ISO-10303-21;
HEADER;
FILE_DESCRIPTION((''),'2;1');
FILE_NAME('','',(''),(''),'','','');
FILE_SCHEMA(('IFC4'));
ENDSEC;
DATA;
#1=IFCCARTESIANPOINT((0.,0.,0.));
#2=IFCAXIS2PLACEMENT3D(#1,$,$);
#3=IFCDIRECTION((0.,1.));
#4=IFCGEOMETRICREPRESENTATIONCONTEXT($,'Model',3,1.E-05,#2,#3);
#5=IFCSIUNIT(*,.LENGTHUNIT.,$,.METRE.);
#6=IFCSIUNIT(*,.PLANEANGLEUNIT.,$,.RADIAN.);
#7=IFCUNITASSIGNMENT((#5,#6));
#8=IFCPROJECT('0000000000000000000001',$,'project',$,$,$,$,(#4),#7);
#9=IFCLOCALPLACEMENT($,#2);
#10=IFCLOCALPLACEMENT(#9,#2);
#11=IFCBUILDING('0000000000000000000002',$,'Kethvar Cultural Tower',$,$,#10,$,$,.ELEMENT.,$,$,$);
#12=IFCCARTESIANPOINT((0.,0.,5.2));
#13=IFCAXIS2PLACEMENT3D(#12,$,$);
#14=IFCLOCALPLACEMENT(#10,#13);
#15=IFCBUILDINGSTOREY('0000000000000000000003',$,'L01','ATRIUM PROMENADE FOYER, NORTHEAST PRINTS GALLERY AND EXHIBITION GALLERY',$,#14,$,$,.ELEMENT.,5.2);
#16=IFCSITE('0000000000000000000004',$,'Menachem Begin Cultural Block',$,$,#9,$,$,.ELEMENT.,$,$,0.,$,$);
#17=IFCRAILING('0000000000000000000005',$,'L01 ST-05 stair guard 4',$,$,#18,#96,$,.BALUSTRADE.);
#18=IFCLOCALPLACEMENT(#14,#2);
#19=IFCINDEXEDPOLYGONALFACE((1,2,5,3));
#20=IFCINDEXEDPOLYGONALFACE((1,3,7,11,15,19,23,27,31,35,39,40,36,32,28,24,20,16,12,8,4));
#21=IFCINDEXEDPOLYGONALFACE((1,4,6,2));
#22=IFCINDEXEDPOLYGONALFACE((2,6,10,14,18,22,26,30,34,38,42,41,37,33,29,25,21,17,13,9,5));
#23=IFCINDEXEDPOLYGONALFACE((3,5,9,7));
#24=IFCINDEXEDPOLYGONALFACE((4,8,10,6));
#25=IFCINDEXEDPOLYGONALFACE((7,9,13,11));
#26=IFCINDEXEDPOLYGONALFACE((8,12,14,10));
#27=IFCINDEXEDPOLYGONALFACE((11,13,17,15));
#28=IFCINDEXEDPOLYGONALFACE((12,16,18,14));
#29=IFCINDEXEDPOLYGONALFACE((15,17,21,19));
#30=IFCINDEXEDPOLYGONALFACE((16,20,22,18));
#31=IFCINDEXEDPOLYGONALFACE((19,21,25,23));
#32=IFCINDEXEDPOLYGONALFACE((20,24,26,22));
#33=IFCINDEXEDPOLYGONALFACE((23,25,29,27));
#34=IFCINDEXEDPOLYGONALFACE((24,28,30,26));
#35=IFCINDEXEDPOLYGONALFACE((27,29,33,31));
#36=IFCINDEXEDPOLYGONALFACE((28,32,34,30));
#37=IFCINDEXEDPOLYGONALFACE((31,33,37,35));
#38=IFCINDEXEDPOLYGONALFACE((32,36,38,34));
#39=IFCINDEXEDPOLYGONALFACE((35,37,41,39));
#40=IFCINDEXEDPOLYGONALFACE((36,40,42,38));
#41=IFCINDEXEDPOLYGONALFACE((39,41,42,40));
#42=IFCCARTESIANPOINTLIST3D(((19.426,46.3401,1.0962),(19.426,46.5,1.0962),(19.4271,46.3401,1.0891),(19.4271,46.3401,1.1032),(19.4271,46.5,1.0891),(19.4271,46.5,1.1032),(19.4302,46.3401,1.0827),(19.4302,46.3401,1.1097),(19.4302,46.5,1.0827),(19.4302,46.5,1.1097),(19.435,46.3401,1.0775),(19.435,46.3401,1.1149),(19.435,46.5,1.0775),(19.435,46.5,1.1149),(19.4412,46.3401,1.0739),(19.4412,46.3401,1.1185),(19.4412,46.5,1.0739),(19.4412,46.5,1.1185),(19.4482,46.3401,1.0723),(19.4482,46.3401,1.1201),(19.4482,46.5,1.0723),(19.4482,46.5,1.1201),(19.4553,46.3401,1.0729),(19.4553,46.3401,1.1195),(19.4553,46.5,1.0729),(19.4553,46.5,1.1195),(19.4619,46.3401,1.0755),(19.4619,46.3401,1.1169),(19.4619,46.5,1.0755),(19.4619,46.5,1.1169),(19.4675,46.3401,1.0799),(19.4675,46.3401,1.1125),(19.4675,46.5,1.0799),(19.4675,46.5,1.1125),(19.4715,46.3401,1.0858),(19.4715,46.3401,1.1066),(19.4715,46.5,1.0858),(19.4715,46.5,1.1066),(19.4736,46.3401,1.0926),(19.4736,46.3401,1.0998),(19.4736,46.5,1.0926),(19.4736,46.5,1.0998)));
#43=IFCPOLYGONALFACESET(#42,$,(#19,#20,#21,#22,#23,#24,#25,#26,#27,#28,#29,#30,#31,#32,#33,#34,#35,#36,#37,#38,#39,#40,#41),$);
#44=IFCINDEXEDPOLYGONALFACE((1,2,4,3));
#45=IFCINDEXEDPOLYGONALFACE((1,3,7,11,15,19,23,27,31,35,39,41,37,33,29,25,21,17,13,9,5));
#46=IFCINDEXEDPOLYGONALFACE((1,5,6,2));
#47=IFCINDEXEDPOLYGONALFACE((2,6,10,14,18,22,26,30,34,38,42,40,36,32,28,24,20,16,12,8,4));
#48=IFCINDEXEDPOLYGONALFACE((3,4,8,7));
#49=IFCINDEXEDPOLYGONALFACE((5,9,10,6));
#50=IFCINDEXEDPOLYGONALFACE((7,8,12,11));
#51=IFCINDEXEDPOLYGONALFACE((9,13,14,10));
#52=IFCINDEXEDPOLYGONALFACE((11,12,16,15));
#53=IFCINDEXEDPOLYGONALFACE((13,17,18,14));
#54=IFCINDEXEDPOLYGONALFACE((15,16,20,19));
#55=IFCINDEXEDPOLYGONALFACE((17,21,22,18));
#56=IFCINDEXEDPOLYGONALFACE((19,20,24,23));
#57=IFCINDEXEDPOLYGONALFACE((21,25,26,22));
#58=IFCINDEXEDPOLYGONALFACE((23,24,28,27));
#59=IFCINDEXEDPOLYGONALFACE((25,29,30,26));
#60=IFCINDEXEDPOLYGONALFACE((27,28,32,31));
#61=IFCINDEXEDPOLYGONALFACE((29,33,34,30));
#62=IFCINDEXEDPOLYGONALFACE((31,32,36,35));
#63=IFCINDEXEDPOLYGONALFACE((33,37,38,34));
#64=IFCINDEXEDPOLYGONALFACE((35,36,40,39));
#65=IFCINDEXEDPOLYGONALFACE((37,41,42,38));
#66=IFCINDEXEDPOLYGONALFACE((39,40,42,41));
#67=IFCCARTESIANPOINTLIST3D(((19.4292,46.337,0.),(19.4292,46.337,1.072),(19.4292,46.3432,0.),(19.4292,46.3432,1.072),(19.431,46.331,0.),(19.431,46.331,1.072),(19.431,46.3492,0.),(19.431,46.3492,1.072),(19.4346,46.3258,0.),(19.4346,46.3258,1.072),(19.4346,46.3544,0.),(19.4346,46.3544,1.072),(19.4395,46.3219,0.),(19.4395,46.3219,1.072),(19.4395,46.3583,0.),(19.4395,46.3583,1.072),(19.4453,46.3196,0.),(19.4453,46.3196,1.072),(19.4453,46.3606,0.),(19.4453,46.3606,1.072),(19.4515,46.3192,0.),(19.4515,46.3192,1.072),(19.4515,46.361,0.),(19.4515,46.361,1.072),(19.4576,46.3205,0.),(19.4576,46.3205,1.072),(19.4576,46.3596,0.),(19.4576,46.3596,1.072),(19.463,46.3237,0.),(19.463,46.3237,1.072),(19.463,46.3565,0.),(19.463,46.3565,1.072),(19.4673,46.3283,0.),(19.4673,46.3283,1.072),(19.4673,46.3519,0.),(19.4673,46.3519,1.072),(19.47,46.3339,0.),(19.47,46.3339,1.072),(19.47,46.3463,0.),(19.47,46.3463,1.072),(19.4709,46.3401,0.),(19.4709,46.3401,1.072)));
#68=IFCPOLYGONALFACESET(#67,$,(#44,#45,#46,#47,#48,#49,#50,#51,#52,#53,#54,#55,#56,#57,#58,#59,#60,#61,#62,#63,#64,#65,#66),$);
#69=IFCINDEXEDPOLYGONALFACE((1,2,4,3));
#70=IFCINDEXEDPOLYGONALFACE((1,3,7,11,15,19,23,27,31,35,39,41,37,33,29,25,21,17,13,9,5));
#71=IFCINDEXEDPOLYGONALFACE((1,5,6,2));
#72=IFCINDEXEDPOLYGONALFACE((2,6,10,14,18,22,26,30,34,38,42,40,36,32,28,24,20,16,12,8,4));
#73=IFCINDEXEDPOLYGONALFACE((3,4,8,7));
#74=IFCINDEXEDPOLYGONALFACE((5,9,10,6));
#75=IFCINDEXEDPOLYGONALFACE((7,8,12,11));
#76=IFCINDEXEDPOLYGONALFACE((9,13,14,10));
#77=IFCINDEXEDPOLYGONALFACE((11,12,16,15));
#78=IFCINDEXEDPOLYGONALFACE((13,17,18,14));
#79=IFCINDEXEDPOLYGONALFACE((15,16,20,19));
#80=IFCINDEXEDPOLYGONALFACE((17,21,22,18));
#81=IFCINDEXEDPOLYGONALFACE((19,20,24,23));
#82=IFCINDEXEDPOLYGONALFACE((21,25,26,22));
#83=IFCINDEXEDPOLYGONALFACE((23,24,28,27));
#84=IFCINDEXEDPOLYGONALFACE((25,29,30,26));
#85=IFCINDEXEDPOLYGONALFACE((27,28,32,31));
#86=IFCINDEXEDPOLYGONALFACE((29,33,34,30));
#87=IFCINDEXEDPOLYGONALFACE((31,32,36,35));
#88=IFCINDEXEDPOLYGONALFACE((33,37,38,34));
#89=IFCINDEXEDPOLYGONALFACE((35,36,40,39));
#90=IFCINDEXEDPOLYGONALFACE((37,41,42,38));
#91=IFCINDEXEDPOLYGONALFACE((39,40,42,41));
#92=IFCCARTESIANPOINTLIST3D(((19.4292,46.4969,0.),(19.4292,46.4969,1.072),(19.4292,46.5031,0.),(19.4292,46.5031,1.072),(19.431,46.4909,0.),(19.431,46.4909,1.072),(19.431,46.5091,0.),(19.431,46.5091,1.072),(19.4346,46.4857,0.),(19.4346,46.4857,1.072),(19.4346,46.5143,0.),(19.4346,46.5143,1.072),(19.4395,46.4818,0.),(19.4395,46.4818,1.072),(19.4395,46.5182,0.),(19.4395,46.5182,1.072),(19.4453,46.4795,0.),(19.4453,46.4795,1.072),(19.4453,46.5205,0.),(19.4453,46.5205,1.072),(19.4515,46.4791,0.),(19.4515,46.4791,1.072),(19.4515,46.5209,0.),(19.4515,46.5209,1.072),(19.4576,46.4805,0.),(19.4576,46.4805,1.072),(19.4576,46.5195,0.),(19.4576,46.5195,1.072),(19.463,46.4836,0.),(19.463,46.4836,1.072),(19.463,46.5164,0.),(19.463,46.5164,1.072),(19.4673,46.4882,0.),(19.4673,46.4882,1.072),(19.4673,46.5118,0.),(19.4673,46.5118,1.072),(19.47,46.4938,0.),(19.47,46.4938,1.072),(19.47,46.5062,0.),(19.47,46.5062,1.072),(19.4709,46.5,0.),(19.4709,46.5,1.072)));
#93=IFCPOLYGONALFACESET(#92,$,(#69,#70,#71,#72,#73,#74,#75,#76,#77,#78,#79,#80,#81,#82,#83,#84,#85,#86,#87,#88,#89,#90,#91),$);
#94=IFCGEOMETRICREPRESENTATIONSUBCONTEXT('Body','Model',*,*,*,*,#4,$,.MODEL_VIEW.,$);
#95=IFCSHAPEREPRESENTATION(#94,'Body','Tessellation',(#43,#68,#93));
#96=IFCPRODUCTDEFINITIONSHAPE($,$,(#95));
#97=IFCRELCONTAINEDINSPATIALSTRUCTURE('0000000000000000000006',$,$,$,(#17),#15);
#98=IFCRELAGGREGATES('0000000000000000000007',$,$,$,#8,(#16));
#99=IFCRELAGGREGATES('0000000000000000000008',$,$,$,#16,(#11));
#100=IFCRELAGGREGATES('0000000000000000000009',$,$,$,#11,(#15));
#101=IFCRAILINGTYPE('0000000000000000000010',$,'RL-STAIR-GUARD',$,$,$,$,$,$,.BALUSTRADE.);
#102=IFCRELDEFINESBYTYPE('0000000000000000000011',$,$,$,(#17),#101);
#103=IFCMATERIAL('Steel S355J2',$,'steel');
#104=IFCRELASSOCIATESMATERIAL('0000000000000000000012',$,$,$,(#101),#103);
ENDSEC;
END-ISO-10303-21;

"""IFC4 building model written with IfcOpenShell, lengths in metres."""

from ifc_helpers import new_model, si_unit, direction, frame, origin, origin_2d, place, context, subcontext, project, spatial, circle, extrude, material, type_object, element, save


model = new_model("IFC4")

# Units and contexts
model_context = context("Model", 3, precision=1e-05, world=origin(), true_north=direction((0.0, 1.0)))
body_context = subcontext(model_context, "Body", "Model", "MODEL_VIEW")
ifc_project = project(units=[si_unit("LENGTHUNIT", "METRE"), si_unit("PLANEANGLEUNIT", "RADIAN")], contexts=[model_context])

# Site, building, storey
site_placement = place(None, origin())
site = spatial("IfcSite", under=ifc_project, at=site_placement, Name="Menachem Begin Cultural Block", CompositionType="ELEMENT", RefElevation=0.0)
building_placement = place(site_placement, origin())
building = spatial("IfcBuilding", under=site, at=building_placement, Name="Kethvar Cultural Tower", CompositionType="ELEMENT")
storey_placement = place(building_placement, frame((0.0, 0.0, 5.2)))
storey = spatial("IfcBuildingStorey", under=building, at=storey_placement, Name="L01", Description="ATRIUM PROMENADE FOYER, NORTHEAST PRINTS GALLERY AND EXHIBITION GALLERY", CompositionType="ELEMENT", Elevation=5.2)

# Railing
ifc_material_1 = material(Name="Steel S355J2", Category="steel")
railing_type_1 = type_object("IfcRailingType", Name="RL-STAIR-GUARD", PredefinedType="BALUSTRADE", material=ifc_material_1)
railing_1_placement = place(storey_placement, frame((19.45, 46.3401, 0.0)))
element("IfcRailing", 1, at=railing_1_placement, inside=storey, type_object=railing_type_1, Name="L01 ST-05 stair guard 4", PredefinedType="BALUSTRADE", context=body_context, shape_type="SweptSolid", body=[
    extrude(circle(Radius=0.0239, at=origin_2d()), frame((0.0, 0.0, 1.0962), z_axis=(0.0, 1.0, 0.0), x_axis=(-1.0, 0.0, 0.0)), (0.0, 0.0, 1.0), 0.1599),
    extrude(circle(Radius=0.021, at=origin_2d()), origin(), (0.0, 0.0, 1.0), 1.072),
    extrude(circle(Radius=0.021, at=origin_2d()), frame((0.0, 0.1599, 0.0)), (0.0, 0.0, 1.0), 1.072),
])

save(model, "model.ifc")
